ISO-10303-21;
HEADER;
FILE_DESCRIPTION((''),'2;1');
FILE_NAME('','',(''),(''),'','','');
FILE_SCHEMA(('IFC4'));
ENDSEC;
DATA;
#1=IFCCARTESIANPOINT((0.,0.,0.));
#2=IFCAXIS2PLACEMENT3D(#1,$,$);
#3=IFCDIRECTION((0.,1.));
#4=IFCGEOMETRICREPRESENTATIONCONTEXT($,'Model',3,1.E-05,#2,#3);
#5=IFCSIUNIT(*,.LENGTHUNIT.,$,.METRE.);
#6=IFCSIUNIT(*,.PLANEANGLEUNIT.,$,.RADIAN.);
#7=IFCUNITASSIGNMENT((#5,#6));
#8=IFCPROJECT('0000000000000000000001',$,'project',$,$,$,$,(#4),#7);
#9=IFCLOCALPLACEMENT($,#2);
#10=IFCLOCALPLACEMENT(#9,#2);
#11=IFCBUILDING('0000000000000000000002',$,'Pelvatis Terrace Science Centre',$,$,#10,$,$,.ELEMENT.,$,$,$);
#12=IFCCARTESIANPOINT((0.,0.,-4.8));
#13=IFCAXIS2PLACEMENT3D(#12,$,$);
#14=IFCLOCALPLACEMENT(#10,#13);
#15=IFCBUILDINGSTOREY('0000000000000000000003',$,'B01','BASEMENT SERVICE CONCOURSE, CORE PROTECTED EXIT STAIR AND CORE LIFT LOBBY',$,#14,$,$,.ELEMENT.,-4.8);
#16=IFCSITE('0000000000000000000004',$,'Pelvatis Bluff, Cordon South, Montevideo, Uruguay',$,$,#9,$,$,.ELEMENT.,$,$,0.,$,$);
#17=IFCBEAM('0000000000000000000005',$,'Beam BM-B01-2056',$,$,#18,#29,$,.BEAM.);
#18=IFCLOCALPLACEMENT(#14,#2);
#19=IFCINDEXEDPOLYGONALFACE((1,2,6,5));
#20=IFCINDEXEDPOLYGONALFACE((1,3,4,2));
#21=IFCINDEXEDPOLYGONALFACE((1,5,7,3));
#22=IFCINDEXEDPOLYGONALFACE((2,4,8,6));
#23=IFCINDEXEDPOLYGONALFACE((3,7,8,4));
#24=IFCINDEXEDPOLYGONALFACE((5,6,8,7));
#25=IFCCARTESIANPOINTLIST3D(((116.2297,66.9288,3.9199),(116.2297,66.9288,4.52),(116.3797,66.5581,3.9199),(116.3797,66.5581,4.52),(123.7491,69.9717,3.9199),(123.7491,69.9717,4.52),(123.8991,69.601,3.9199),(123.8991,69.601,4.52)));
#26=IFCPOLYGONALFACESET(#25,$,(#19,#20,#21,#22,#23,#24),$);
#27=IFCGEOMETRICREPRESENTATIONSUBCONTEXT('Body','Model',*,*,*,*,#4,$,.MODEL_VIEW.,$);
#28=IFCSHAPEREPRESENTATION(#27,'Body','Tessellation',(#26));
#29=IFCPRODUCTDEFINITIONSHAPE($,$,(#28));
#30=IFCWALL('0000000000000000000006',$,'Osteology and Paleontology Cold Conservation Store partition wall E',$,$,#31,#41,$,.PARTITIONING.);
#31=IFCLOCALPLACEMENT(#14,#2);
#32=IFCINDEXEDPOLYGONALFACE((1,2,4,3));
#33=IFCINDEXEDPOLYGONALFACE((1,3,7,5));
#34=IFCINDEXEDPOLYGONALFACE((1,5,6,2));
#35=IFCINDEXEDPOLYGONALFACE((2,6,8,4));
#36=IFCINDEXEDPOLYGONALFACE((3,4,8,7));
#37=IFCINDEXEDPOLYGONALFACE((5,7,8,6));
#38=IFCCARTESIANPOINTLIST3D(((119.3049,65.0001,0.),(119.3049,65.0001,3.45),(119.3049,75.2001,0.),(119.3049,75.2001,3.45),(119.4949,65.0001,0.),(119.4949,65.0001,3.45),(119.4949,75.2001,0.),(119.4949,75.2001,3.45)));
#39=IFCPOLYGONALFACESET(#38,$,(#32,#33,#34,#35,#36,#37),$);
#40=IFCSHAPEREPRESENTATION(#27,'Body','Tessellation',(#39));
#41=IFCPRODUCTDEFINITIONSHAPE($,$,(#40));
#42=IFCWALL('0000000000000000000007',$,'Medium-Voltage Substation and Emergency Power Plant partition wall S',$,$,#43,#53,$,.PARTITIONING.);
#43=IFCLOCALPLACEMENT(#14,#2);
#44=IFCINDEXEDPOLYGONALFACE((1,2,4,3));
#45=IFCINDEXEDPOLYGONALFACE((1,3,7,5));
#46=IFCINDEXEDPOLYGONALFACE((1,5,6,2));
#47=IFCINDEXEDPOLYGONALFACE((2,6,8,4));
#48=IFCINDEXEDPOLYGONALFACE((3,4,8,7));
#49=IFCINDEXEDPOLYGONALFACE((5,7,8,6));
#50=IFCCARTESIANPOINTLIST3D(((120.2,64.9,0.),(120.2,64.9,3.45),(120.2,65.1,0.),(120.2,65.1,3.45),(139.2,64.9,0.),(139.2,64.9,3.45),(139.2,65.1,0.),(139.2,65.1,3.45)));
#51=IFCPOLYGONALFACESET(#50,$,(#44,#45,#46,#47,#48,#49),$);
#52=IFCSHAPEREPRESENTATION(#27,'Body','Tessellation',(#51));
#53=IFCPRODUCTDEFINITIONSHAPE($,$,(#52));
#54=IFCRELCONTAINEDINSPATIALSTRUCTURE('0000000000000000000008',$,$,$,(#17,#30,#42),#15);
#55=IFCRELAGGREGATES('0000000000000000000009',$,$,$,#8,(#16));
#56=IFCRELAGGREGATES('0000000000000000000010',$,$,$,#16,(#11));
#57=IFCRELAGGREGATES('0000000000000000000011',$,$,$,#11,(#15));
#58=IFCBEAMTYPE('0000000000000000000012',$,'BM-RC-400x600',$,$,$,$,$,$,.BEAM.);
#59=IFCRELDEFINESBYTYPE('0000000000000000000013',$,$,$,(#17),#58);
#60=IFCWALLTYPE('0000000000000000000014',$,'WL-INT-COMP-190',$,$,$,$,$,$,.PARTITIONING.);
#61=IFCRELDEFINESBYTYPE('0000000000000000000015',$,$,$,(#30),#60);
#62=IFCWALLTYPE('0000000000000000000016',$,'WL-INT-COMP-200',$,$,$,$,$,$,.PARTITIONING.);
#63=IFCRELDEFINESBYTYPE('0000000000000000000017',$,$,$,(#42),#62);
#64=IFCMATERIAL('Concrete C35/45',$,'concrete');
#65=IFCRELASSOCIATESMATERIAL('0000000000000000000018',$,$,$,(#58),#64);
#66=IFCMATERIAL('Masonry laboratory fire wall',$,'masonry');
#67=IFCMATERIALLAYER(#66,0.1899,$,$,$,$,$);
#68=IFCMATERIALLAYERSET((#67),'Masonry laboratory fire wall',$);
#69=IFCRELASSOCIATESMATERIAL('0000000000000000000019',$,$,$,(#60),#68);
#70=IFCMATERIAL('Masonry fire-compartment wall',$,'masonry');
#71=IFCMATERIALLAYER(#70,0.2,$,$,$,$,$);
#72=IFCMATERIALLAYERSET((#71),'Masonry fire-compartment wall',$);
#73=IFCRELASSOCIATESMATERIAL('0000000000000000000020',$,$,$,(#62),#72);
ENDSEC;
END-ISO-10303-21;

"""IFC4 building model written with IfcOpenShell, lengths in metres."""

from ifc_helpers import new_model, si_unit, direction, frame, frame_2d, origin, origin_2d, place, context, subcontext, project, spatial, rectangle, extrude, material, layer, layer_set, material_profile, profile_set, type_object, element, save


model = new_model("IFC4")

# Units and contexts
model_context = context("Model", 3, precision=1e-05, world=origin(), true_north=direction((0.0, 1.0)))
body_context = subcontext(model_context, "Body", "Model", "MODEL_VIEW")
ifc_project = project(units=[si_unit("LENGTHUNIT", "METRE"), si_unit("PLANEANGLEUNIT", "RADIAN")], contexts=[model_context])

# Site, building, storey
site_placement = place(None, origin())
site = spatial("IfcSite", under=ifc_project, at=site_placement, Name="Pelvatis Bluff, Cordon South, Montevideo, Uruguay", CompositionType="ELEMENT", RefElevation=0.0)
building_placement = place(site_placement, origin())
building = spatial("IfcBuilding", under=site, at=building_placement, Name="Pelvatis Terrace Science Centre", CompositionType="ELEMENT")
storey_placement = place(building_placement, frame((0.0, 0.0, -4.8)))
storey = spatial("IfcBuildingStorey", under=building, at=storey_placement, Name="B01", Description="BASEMENT SERVICE CONCOURSE, CORE PROTECTED EXIT STAIR AND CORE LIFT LOBBY", CompositionType="ELEMENT", Elevation=-4.8)

# Beam
ifc_material_1 = material(Name="Concrete C35/45", Category="concrete")
ifc_material_profile_1 = material_profile(ifc_material_1, rectangle(XDim=0.3999, YDim=0.6001, at=origin_2d()), Name="RC-BM 400x600")
ifc_profile_set_1 = profile_set([ifc_material_profile_1], Name="Concrete C35/45")
beam_type_1 = type_object("IfcBeamType", Name="BM-RC-400x600", PredefinedType="BEAM", material=ifc_profile_set_1)
beam_1_placement = place(storey_placement, frame((116.3047, 66.7434, 4.22), z_axis=(0.926975, 0.375124, 0.0), x_axis=(-0.375124, 0.926975, 0.0)))
element("IfcBeam", 1, at=beam_1_placement, inside=storey, type_object=beam_type_1, Name="Beam BM-B01-2056", PredefinedType="BEAM", context=body_context, shape_type="SweptSolid", body=[
    extrude(rectangle(XDim=0.3999, YDim=0.6001, at=origin_2d()), origin(), (0.0, 0.0, 1.0), 8.1118),
])

# Walls
ifc_material_2 = material(Name="Masonry laboratory fire wall", Category="masonry")
ifc_layer_1 = layer(ifc_material_2, 0.1899)
ifc_layer_set_1 = layer_set([ifc_layer_1], Name="Masonry laboratory fire wall")
wall_type_1 = type_object("IfcWallType", Name="WL-INT-COMP-190", PredefinedType="PARTITIONING", material=ifc_layer_set_1)
wall_1_placement = place(storey_placement, frame((119.3999, 65.0, 0.0), z_axis=(0.0, 0.0, 1.0), x_axis=(0.0, 1.0, 0.0)))
element("IfcWall", 2, at=wall_1_placement, inside=storey, type_object=wall_type_1, Name="Osteology and Paleontology Cold Conservation Store partition wall E", PredefinedType="PARTITIONING", context=body_context, shape_type="SweptSolid", body=[
    extrude(rectangle(XDim=10.2, YDim=0.1899, at=frame_2d((5.1001, 0.0))), origin(), (0.0, 0.0, 1.0), 3.45),
])
ifc_material_3 = material(Name="Masonry fire-compartment wall", Category="masonry")
ifc_layer_2 = layer(ifc_material_3, 0.2)
ifc_layer_set_2 = layer_set([ifc_layer_2], Name="Masonry fire-compartment wall")
wall_type_2 = type_object("IfcWallType", Name="WL-INT-COMP-200", PredefinedType="PARTITIONING", material=ifc_layer_set_2)
wall_2_placement = place(storey_placement, frame((120.2, 65.0, 0.0), z_axis=(0.0, 0.0, 1.0), x_axis=(1.0, 0.0, 0.0)))
element("IfcWall", 3, at=wall_2_placement, inside=storey, type_object=wall_type_2, Name="Medium-Voltage Substation and Emergency Power Plant partition wall S", PredefinedType="PARTITIONING", context=body_context, shape_type="SweptSolid", body=[
    extrude(rectangle(XDim=19.0, YDim=0.2, at=frame_2d((9.5, 0.0))), origin(), (0.0, 0.0, 1.0), 3.45),
])

save(model, "model.ifc")
